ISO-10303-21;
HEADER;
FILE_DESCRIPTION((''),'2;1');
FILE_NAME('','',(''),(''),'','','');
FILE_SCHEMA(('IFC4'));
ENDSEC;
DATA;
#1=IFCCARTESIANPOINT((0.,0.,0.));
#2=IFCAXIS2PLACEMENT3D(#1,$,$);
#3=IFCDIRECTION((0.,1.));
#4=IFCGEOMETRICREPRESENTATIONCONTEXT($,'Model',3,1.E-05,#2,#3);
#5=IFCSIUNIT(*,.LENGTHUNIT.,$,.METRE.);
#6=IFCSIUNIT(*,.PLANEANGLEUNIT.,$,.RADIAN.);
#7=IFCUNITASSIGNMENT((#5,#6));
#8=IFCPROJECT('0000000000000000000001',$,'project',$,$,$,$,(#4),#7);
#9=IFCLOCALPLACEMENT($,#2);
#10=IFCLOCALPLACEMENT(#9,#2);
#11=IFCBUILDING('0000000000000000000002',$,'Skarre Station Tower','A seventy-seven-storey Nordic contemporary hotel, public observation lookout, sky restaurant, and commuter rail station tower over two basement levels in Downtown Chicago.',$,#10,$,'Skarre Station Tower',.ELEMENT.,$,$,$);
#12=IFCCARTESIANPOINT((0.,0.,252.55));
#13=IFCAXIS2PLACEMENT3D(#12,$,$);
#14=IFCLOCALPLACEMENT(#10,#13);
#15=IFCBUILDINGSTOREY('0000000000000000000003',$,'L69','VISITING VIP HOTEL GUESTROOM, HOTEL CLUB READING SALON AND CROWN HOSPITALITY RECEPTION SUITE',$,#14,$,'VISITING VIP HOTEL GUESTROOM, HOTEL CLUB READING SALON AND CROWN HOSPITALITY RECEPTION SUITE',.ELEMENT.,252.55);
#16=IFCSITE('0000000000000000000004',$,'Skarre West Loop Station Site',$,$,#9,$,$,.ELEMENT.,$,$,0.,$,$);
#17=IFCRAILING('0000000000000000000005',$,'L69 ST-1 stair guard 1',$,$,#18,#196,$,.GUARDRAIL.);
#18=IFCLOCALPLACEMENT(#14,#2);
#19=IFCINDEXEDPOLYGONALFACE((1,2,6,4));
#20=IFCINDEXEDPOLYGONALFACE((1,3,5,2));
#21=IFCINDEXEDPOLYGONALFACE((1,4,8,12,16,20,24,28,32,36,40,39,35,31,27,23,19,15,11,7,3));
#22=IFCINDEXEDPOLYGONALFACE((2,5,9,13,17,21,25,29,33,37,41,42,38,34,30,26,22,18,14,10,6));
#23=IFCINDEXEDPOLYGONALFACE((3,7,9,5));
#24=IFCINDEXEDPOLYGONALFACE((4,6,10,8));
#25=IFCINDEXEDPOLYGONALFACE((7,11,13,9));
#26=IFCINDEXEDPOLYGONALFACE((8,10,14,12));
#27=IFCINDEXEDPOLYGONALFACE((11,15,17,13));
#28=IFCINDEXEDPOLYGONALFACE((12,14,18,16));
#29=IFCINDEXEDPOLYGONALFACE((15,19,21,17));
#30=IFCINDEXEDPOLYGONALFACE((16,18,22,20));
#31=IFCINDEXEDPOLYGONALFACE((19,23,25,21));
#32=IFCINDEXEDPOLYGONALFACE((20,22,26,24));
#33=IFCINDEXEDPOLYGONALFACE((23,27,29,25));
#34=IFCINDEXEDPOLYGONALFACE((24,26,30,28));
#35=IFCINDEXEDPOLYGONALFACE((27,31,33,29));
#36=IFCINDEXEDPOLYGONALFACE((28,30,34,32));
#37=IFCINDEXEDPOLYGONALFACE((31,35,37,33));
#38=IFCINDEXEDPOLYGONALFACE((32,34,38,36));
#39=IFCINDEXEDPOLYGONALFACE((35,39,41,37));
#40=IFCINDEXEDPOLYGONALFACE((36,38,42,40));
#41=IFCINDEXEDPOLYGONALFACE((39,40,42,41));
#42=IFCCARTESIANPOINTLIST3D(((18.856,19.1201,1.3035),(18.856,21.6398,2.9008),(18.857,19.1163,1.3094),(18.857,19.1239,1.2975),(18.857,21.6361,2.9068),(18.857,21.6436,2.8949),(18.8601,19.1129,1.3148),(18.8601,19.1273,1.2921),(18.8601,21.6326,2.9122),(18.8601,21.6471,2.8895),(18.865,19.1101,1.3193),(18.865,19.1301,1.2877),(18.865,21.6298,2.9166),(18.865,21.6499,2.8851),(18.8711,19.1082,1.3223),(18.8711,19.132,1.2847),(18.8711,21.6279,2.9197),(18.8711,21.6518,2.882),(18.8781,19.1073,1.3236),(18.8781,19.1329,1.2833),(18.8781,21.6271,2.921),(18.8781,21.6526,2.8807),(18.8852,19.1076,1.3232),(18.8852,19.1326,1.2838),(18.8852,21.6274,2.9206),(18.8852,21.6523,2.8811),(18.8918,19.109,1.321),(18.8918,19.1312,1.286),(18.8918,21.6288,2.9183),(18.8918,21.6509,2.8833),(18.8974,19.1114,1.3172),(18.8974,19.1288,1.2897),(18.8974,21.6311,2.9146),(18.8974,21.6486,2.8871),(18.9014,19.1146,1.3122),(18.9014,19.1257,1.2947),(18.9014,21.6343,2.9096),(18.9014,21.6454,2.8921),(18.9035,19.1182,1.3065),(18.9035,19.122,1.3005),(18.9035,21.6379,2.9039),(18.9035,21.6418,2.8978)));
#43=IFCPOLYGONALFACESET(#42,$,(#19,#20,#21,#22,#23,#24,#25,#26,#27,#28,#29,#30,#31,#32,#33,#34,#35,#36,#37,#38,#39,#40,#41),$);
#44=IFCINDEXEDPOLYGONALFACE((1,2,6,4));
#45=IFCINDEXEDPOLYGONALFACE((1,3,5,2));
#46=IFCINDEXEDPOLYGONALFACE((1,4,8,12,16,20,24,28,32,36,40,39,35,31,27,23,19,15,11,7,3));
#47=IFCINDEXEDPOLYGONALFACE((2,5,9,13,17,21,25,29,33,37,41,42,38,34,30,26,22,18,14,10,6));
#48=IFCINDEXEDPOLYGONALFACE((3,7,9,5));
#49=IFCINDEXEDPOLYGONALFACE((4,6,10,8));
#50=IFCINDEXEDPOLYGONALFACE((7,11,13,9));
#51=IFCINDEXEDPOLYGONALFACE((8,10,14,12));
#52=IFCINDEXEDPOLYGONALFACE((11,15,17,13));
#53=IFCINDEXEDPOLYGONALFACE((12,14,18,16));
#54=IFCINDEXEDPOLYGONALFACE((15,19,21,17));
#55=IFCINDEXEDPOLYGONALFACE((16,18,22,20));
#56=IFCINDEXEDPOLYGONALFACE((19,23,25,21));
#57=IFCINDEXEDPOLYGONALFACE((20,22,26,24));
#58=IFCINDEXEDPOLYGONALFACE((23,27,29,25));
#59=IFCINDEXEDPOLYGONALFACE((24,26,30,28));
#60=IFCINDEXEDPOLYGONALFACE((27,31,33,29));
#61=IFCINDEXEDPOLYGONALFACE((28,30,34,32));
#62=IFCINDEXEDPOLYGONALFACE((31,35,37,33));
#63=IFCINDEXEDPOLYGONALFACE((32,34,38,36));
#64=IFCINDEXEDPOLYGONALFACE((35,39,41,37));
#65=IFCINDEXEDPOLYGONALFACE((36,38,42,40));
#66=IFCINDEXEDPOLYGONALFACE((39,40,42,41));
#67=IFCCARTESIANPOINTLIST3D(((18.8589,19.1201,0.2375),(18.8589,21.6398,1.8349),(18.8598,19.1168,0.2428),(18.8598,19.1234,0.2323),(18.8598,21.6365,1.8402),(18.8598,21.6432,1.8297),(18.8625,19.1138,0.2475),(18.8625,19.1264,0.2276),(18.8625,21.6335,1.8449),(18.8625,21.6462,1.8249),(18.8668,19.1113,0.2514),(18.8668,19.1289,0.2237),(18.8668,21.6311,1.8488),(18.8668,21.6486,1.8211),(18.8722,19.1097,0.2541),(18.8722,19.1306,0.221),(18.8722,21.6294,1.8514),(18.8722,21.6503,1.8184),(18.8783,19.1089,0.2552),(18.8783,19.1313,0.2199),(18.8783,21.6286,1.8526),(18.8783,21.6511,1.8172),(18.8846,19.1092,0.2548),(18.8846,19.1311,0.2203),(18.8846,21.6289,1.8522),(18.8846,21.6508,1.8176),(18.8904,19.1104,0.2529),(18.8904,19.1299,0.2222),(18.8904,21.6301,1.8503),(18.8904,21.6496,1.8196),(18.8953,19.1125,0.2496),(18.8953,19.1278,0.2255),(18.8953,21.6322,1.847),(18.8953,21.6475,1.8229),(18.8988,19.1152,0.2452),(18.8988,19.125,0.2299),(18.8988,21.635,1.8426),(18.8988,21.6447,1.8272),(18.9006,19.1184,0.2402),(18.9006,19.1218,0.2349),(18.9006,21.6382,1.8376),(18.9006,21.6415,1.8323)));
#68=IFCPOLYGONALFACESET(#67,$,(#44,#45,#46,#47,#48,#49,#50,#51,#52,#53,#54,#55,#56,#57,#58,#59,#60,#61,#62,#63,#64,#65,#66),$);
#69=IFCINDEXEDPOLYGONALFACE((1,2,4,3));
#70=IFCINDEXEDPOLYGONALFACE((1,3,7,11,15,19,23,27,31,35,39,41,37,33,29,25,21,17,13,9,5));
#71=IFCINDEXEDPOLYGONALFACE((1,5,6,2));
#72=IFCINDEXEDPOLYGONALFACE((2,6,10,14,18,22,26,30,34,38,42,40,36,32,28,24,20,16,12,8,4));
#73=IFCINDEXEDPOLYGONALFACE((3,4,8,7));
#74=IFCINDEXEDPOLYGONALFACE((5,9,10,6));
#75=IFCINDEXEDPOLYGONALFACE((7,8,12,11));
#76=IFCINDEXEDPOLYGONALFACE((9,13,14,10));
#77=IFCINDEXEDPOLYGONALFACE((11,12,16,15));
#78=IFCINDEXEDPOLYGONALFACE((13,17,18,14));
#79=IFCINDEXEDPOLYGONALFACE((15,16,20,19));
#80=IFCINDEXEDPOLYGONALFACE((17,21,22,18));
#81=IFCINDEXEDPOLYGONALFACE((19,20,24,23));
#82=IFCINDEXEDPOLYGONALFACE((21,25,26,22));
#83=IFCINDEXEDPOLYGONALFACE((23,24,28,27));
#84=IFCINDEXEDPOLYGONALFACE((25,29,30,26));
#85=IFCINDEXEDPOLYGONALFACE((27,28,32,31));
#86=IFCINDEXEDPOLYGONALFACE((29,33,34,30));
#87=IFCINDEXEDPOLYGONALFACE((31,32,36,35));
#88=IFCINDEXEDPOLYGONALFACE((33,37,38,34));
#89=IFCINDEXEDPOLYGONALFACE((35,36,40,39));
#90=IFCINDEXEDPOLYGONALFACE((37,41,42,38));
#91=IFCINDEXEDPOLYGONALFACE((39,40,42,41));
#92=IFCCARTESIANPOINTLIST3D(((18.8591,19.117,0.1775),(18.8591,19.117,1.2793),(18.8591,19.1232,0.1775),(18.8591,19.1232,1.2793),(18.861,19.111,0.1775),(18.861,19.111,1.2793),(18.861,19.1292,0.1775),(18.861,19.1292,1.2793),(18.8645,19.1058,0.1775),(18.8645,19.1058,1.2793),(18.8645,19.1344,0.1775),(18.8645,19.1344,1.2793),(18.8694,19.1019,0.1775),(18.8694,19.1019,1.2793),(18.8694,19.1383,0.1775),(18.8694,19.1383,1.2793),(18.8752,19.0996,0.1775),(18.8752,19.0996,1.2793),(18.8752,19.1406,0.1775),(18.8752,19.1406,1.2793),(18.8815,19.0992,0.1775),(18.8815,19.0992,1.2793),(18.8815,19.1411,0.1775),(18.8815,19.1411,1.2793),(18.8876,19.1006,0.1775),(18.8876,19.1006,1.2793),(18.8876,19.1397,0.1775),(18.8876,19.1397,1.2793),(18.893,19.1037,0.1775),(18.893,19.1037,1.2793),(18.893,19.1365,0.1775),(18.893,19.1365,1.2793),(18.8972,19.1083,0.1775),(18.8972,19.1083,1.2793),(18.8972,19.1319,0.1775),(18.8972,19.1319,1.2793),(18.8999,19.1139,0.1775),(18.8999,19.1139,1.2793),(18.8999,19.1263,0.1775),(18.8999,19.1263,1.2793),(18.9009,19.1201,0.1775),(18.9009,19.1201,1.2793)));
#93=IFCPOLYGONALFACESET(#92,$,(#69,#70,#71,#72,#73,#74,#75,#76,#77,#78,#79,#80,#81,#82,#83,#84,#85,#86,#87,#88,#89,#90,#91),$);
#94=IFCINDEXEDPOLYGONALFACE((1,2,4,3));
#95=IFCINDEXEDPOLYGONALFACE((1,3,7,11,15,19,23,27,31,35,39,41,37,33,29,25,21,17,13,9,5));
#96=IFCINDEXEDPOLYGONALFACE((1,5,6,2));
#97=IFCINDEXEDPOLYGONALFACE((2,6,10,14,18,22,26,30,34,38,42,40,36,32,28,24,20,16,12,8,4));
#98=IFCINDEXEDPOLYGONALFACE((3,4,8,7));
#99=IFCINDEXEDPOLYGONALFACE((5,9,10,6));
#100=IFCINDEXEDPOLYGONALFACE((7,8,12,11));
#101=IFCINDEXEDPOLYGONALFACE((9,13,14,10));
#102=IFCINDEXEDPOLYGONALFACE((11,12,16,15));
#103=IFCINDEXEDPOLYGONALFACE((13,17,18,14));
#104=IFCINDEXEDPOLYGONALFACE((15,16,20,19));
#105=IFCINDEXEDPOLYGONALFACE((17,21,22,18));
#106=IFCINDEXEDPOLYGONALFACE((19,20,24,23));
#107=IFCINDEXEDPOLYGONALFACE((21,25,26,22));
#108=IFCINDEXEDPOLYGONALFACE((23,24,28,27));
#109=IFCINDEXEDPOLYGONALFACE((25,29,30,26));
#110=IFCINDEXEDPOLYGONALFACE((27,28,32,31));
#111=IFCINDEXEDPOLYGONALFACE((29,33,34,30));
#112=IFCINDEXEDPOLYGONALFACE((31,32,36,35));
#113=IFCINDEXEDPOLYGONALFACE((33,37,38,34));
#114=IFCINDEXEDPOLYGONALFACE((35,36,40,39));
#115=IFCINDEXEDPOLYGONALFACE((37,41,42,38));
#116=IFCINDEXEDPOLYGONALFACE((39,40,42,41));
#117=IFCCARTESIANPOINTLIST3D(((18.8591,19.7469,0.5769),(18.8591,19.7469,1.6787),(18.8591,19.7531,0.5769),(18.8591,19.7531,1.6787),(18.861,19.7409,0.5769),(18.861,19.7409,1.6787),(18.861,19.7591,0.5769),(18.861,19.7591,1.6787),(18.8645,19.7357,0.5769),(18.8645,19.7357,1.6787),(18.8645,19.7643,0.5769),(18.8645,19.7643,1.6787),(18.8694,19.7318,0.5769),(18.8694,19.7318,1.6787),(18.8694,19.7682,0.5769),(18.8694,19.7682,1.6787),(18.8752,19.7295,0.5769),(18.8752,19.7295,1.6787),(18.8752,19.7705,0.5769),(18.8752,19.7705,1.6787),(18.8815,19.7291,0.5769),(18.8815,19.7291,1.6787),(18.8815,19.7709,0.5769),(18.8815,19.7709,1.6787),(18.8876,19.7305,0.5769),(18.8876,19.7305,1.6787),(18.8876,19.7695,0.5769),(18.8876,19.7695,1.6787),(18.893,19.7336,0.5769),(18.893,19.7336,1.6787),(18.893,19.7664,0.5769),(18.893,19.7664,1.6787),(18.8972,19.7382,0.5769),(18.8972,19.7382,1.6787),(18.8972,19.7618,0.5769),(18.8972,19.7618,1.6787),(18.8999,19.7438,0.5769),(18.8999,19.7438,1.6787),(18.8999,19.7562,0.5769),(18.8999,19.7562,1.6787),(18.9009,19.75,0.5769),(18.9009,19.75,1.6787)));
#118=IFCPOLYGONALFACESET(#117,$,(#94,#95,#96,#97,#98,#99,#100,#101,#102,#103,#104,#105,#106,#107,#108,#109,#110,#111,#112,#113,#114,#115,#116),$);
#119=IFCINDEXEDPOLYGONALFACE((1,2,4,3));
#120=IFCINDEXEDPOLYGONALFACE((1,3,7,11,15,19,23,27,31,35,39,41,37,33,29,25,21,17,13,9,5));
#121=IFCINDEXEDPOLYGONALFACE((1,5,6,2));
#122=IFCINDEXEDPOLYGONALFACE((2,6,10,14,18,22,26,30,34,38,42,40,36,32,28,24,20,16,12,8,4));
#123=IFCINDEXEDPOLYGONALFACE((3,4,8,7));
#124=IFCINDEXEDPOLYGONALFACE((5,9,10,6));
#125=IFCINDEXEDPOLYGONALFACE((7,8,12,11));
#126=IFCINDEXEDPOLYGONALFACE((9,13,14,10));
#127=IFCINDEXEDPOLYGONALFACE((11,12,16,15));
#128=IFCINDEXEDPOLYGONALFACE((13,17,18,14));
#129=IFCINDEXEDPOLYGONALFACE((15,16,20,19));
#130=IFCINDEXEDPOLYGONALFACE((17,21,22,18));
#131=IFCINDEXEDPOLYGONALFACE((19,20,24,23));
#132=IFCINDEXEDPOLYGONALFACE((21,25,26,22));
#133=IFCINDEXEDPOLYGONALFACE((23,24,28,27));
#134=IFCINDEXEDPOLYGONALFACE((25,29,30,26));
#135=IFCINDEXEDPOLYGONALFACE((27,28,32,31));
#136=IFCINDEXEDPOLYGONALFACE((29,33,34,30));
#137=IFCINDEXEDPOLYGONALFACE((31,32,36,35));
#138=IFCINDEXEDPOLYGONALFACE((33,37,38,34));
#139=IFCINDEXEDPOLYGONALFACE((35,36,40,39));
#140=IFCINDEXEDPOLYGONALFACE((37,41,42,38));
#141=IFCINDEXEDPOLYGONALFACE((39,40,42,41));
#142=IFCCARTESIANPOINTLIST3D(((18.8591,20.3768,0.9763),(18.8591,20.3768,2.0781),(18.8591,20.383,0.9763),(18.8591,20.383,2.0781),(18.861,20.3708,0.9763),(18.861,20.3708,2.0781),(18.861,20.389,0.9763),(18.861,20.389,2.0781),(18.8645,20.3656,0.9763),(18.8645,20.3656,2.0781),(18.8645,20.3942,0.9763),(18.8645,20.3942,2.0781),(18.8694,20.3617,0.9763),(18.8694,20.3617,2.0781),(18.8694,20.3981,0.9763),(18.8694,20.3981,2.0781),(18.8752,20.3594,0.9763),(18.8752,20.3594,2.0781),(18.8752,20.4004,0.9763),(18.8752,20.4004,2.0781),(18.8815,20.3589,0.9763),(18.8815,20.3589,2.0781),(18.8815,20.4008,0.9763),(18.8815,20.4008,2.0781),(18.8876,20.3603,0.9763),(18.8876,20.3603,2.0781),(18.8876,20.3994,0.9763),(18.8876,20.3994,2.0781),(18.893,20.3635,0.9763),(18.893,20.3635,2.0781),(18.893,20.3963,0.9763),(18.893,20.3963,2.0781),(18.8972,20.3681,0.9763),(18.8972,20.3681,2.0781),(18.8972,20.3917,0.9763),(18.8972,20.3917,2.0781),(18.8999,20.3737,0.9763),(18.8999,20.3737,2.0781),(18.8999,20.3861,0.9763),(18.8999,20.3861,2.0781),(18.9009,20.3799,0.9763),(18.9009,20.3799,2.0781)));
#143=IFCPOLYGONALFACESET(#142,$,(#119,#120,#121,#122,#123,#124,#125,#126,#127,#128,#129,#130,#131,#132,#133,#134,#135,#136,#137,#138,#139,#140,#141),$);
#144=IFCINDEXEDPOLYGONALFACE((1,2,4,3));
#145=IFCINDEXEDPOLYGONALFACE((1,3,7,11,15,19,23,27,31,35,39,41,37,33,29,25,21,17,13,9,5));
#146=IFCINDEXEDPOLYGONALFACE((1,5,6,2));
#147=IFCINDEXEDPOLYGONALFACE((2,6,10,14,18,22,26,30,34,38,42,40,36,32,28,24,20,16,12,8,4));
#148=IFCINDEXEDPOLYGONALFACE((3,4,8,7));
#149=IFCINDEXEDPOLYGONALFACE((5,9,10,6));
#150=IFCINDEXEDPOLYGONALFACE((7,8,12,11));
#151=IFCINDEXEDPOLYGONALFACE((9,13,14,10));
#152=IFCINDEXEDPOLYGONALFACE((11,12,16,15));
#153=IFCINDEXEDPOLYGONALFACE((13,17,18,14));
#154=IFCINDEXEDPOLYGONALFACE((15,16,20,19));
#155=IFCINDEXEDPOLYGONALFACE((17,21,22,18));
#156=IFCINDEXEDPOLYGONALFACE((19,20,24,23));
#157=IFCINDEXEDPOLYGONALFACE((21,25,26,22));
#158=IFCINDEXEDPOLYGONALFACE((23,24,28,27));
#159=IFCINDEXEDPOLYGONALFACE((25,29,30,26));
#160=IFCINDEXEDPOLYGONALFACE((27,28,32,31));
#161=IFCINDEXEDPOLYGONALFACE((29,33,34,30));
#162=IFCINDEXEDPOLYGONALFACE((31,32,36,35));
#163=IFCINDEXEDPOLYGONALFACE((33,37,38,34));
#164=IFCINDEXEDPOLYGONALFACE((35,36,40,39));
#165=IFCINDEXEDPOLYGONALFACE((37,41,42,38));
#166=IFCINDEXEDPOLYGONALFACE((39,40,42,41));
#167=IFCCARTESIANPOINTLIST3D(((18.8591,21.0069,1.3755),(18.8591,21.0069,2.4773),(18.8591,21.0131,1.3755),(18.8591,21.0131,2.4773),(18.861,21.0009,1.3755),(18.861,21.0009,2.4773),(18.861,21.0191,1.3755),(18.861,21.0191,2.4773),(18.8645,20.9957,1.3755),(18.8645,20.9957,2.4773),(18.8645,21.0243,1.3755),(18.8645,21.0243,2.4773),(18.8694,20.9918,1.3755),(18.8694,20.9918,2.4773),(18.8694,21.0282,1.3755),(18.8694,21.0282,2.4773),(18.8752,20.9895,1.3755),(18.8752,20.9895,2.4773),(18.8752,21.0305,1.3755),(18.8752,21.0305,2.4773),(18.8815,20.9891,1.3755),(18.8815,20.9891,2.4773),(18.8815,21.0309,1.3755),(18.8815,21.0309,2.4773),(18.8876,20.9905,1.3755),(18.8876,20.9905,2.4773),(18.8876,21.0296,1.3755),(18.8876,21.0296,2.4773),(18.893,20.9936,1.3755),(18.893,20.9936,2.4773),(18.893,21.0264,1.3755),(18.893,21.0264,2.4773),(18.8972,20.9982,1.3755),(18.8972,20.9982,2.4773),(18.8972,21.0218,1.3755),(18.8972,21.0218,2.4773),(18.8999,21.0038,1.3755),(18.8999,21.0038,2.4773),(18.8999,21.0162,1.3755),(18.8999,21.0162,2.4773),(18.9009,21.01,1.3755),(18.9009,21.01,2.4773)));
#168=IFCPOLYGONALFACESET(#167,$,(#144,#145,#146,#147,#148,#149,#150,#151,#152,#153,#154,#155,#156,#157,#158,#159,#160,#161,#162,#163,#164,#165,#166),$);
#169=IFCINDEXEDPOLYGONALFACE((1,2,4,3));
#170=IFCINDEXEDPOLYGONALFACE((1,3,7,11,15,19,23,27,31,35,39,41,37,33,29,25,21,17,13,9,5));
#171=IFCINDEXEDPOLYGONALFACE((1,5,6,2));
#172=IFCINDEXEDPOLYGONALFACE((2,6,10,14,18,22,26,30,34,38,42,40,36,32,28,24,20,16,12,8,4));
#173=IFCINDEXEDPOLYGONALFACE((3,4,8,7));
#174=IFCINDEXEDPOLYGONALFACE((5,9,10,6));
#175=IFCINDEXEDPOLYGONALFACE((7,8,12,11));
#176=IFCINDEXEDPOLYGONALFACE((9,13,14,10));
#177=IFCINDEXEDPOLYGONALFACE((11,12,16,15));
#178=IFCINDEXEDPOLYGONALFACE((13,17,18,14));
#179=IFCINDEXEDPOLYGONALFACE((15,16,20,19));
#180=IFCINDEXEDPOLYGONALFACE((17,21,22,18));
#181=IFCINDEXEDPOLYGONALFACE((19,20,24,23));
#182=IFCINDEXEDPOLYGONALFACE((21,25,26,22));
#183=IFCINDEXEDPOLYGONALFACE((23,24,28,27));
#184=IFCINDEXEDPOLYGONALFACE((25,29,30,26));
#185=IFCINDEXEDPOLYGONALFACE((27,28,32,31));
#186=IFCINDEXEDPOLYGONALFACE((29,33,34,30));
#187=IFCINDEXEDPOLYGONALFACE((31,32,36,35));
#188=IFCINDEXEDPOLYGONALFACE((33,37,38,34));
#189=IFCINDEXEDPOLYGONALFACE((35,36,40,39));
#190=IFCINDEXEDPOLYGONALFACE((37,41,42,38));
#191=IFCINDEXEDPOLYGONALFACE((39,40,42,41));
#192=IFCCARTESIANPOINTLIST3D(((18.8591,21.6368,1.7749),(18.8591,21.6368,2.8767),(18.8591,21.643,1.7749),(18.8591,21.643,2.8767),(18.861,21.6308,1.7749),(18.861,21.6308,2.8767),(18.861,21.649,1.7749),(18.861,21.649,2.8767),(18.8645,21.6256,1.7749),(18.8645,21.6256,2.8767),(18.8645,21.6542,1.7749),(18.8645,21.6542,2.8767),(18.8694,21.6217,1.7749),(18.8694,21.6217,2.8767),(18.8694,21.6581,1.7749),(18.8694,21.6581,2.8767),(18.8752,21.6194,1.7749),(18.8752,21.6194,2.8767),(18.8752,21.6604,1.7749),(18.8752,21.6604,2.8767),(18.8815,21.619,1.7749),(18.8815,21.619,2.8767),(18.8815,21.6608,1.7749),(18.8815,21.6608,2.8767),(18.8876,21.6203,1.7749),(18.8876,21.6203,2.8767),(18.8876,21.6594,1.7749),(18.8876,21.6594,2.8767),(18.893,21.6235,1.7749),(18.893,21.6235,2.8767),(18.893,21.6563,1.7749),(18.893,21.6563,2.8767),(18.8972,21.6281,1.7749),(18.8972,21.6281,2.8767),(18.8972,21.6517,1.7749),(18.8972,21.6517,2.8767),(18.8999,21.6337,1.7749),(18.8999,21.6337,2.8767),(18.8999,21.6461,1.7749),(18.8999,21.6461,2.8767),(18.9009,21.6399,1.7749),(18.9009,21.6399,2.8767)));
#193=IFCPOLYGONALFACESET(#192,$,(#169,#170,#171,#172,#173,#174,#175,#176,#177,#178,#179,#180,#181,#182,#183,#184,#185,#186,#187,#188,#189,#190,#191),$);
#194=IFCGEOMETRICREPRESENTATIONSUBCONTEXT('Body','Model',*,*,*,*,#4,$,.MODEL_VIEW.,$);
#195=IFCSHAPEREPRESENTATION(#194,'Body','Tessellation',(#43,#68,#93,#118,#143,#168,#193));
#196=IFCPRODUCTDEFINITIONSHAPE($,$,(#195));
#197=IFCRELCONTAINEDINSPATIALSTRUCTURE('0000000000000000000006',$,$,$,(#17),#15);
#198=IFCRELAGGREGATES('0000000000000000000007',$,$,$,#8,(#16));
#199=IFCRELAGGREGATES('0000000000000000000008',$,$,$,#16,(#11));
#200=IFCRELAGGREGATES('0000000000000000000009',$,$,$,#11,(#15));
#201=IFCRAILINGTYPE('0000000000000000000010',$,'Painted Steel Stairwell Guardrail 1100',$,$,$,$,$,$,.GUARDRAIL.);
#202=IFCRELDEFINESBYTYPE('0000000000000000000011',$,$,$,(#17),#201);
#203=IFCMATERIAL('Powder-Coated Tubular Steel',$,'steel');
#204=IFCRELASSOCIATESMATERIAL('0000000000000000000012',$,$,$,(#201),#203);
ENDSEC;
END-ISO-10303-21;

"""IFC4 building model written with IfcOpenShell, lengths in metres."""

from ifc_helpers import new_model, si_unit, direction, frame, origin, origin_2d, place, context, subcontext, project, spatial, circle, extrude, material, type_object, element, save


model = new_model("IFC4")

# Units and contexts
model_context = context("Model", 3, precision=1e-05, world=origin(), true_north=direction((0.0, 1.0)))
body_context = subcontext(model_context, "Body", "Model", "MODEL_VIEW")
ifc_project = project(units=[si_unit("LENGTHUNIT", "METRE"), si_unit("PLANEANGLEUNIT", "RADIAN")], contexts=[model_context])

# Site, building, storey
site_placement = place(None, origin())
site = spatial("IfcSite", under=ifc_project, at=site_placement, Name="Skarre West Loop Station Site", CompositionType="ELEMENT", RefElevation=0.0)
building_placement = place(site_placement, origin())
building = spatial("IfcBuilding", under=site, at=building_placement, Name="Skarre Station Tower", Description="A seventy-seven-storey Nordic contemporary hotel, public observation lookout, sky restaurant, and commuter rail station tower over two basement levels in Downtown Chicago.", LongName="Skarre Station Tower", CompositionType="ELEMENT")
storey_placement = place(building_placement, frame((0.0, 0.0, 252.55)))
storey = spatial("IfcBuildingStorey", under=building, at=storey_placement, Name="L69", Description="VISITING VIP HOTEL GUESTROOM, HOTEL CLUB READING SALON AND CROWN HOSPITALITY RECEPTION SUITE", LongName="VISITING VIP HOTEL GUESTROOM, HOTEL CLUB READING SALON AND CROWN HOSPITALITY RECEPTION SUITE", CompositionType="ELEMENT", Elevation=252.55)

# Railing
ifc_material_1 = material(Name="Powder-Coated Tubular Steel", Category="steel")
railing_type_1 = type_object("IfcRailingType", Name="Painted Steel Stairwell Guardrail 1100", PredefinedType="GUARDRAIL", material=ifc_material_1)
railing_1_placement = place(storey_placement, frame((18.8799, 19.1201, 0.1775)))
element("IfcRailing", 1, at=railing_1_placement, inside=storey, type_object=railing_type_1, Name="L69 ST-1 stair guard 1", PredefinedType="GUARDRAIL", context=body_context, shape_type="SweptSolid", body=[
    extrude(circle(Radius=0.0239, at=origin_2d()), frame((0.0, 0.0, 1.126), z_axis=(0.0, 0.844583, 0.535424), x_axis=(-1.0, 0.0, 0.0)), (0.0, 0.0, 1.0), 2.9834),
    extrude(circle(Radius=0.021, at=origin_2d()), frame((0.0, 0.0, 0.0601), z_axis=(0.0, 0.844583, 0.535424), x_axis=(-1.0, 0.0, 0.0)), (0.0, 0.0, 1.0), 2.9834),
    extrude(circle(Radius=0.021, at=origin_2d()), origin(), (0.0, 0.0, 1.0), 1.1018),
    extrude(circle(Radius=0.021, at=origin_2d()), frame((0.0, 0.6299, 0.3994)), (0.0, 0.0, 1.0), 1.1018),
    extrude(circle(Radius=0.021, at=origin_2d()), frame((0.0, 1.2598, 0.7988)), (0.0, 0.0, 1.0), 1.1018),
    extrude(circle(Radius=0.021, at=origin_2d()), frame((0.0, 1.8899, 1.198)), (0.0, 0.0, 1.0), 1.1018),
    extrude(circle(Radius=0.021, at=origin_2d()), frame((0.0, 2.5198, 1.5974)), (0.0, 0.0, 1.0), 1.1018),
])

save(model, "model.ifc")
